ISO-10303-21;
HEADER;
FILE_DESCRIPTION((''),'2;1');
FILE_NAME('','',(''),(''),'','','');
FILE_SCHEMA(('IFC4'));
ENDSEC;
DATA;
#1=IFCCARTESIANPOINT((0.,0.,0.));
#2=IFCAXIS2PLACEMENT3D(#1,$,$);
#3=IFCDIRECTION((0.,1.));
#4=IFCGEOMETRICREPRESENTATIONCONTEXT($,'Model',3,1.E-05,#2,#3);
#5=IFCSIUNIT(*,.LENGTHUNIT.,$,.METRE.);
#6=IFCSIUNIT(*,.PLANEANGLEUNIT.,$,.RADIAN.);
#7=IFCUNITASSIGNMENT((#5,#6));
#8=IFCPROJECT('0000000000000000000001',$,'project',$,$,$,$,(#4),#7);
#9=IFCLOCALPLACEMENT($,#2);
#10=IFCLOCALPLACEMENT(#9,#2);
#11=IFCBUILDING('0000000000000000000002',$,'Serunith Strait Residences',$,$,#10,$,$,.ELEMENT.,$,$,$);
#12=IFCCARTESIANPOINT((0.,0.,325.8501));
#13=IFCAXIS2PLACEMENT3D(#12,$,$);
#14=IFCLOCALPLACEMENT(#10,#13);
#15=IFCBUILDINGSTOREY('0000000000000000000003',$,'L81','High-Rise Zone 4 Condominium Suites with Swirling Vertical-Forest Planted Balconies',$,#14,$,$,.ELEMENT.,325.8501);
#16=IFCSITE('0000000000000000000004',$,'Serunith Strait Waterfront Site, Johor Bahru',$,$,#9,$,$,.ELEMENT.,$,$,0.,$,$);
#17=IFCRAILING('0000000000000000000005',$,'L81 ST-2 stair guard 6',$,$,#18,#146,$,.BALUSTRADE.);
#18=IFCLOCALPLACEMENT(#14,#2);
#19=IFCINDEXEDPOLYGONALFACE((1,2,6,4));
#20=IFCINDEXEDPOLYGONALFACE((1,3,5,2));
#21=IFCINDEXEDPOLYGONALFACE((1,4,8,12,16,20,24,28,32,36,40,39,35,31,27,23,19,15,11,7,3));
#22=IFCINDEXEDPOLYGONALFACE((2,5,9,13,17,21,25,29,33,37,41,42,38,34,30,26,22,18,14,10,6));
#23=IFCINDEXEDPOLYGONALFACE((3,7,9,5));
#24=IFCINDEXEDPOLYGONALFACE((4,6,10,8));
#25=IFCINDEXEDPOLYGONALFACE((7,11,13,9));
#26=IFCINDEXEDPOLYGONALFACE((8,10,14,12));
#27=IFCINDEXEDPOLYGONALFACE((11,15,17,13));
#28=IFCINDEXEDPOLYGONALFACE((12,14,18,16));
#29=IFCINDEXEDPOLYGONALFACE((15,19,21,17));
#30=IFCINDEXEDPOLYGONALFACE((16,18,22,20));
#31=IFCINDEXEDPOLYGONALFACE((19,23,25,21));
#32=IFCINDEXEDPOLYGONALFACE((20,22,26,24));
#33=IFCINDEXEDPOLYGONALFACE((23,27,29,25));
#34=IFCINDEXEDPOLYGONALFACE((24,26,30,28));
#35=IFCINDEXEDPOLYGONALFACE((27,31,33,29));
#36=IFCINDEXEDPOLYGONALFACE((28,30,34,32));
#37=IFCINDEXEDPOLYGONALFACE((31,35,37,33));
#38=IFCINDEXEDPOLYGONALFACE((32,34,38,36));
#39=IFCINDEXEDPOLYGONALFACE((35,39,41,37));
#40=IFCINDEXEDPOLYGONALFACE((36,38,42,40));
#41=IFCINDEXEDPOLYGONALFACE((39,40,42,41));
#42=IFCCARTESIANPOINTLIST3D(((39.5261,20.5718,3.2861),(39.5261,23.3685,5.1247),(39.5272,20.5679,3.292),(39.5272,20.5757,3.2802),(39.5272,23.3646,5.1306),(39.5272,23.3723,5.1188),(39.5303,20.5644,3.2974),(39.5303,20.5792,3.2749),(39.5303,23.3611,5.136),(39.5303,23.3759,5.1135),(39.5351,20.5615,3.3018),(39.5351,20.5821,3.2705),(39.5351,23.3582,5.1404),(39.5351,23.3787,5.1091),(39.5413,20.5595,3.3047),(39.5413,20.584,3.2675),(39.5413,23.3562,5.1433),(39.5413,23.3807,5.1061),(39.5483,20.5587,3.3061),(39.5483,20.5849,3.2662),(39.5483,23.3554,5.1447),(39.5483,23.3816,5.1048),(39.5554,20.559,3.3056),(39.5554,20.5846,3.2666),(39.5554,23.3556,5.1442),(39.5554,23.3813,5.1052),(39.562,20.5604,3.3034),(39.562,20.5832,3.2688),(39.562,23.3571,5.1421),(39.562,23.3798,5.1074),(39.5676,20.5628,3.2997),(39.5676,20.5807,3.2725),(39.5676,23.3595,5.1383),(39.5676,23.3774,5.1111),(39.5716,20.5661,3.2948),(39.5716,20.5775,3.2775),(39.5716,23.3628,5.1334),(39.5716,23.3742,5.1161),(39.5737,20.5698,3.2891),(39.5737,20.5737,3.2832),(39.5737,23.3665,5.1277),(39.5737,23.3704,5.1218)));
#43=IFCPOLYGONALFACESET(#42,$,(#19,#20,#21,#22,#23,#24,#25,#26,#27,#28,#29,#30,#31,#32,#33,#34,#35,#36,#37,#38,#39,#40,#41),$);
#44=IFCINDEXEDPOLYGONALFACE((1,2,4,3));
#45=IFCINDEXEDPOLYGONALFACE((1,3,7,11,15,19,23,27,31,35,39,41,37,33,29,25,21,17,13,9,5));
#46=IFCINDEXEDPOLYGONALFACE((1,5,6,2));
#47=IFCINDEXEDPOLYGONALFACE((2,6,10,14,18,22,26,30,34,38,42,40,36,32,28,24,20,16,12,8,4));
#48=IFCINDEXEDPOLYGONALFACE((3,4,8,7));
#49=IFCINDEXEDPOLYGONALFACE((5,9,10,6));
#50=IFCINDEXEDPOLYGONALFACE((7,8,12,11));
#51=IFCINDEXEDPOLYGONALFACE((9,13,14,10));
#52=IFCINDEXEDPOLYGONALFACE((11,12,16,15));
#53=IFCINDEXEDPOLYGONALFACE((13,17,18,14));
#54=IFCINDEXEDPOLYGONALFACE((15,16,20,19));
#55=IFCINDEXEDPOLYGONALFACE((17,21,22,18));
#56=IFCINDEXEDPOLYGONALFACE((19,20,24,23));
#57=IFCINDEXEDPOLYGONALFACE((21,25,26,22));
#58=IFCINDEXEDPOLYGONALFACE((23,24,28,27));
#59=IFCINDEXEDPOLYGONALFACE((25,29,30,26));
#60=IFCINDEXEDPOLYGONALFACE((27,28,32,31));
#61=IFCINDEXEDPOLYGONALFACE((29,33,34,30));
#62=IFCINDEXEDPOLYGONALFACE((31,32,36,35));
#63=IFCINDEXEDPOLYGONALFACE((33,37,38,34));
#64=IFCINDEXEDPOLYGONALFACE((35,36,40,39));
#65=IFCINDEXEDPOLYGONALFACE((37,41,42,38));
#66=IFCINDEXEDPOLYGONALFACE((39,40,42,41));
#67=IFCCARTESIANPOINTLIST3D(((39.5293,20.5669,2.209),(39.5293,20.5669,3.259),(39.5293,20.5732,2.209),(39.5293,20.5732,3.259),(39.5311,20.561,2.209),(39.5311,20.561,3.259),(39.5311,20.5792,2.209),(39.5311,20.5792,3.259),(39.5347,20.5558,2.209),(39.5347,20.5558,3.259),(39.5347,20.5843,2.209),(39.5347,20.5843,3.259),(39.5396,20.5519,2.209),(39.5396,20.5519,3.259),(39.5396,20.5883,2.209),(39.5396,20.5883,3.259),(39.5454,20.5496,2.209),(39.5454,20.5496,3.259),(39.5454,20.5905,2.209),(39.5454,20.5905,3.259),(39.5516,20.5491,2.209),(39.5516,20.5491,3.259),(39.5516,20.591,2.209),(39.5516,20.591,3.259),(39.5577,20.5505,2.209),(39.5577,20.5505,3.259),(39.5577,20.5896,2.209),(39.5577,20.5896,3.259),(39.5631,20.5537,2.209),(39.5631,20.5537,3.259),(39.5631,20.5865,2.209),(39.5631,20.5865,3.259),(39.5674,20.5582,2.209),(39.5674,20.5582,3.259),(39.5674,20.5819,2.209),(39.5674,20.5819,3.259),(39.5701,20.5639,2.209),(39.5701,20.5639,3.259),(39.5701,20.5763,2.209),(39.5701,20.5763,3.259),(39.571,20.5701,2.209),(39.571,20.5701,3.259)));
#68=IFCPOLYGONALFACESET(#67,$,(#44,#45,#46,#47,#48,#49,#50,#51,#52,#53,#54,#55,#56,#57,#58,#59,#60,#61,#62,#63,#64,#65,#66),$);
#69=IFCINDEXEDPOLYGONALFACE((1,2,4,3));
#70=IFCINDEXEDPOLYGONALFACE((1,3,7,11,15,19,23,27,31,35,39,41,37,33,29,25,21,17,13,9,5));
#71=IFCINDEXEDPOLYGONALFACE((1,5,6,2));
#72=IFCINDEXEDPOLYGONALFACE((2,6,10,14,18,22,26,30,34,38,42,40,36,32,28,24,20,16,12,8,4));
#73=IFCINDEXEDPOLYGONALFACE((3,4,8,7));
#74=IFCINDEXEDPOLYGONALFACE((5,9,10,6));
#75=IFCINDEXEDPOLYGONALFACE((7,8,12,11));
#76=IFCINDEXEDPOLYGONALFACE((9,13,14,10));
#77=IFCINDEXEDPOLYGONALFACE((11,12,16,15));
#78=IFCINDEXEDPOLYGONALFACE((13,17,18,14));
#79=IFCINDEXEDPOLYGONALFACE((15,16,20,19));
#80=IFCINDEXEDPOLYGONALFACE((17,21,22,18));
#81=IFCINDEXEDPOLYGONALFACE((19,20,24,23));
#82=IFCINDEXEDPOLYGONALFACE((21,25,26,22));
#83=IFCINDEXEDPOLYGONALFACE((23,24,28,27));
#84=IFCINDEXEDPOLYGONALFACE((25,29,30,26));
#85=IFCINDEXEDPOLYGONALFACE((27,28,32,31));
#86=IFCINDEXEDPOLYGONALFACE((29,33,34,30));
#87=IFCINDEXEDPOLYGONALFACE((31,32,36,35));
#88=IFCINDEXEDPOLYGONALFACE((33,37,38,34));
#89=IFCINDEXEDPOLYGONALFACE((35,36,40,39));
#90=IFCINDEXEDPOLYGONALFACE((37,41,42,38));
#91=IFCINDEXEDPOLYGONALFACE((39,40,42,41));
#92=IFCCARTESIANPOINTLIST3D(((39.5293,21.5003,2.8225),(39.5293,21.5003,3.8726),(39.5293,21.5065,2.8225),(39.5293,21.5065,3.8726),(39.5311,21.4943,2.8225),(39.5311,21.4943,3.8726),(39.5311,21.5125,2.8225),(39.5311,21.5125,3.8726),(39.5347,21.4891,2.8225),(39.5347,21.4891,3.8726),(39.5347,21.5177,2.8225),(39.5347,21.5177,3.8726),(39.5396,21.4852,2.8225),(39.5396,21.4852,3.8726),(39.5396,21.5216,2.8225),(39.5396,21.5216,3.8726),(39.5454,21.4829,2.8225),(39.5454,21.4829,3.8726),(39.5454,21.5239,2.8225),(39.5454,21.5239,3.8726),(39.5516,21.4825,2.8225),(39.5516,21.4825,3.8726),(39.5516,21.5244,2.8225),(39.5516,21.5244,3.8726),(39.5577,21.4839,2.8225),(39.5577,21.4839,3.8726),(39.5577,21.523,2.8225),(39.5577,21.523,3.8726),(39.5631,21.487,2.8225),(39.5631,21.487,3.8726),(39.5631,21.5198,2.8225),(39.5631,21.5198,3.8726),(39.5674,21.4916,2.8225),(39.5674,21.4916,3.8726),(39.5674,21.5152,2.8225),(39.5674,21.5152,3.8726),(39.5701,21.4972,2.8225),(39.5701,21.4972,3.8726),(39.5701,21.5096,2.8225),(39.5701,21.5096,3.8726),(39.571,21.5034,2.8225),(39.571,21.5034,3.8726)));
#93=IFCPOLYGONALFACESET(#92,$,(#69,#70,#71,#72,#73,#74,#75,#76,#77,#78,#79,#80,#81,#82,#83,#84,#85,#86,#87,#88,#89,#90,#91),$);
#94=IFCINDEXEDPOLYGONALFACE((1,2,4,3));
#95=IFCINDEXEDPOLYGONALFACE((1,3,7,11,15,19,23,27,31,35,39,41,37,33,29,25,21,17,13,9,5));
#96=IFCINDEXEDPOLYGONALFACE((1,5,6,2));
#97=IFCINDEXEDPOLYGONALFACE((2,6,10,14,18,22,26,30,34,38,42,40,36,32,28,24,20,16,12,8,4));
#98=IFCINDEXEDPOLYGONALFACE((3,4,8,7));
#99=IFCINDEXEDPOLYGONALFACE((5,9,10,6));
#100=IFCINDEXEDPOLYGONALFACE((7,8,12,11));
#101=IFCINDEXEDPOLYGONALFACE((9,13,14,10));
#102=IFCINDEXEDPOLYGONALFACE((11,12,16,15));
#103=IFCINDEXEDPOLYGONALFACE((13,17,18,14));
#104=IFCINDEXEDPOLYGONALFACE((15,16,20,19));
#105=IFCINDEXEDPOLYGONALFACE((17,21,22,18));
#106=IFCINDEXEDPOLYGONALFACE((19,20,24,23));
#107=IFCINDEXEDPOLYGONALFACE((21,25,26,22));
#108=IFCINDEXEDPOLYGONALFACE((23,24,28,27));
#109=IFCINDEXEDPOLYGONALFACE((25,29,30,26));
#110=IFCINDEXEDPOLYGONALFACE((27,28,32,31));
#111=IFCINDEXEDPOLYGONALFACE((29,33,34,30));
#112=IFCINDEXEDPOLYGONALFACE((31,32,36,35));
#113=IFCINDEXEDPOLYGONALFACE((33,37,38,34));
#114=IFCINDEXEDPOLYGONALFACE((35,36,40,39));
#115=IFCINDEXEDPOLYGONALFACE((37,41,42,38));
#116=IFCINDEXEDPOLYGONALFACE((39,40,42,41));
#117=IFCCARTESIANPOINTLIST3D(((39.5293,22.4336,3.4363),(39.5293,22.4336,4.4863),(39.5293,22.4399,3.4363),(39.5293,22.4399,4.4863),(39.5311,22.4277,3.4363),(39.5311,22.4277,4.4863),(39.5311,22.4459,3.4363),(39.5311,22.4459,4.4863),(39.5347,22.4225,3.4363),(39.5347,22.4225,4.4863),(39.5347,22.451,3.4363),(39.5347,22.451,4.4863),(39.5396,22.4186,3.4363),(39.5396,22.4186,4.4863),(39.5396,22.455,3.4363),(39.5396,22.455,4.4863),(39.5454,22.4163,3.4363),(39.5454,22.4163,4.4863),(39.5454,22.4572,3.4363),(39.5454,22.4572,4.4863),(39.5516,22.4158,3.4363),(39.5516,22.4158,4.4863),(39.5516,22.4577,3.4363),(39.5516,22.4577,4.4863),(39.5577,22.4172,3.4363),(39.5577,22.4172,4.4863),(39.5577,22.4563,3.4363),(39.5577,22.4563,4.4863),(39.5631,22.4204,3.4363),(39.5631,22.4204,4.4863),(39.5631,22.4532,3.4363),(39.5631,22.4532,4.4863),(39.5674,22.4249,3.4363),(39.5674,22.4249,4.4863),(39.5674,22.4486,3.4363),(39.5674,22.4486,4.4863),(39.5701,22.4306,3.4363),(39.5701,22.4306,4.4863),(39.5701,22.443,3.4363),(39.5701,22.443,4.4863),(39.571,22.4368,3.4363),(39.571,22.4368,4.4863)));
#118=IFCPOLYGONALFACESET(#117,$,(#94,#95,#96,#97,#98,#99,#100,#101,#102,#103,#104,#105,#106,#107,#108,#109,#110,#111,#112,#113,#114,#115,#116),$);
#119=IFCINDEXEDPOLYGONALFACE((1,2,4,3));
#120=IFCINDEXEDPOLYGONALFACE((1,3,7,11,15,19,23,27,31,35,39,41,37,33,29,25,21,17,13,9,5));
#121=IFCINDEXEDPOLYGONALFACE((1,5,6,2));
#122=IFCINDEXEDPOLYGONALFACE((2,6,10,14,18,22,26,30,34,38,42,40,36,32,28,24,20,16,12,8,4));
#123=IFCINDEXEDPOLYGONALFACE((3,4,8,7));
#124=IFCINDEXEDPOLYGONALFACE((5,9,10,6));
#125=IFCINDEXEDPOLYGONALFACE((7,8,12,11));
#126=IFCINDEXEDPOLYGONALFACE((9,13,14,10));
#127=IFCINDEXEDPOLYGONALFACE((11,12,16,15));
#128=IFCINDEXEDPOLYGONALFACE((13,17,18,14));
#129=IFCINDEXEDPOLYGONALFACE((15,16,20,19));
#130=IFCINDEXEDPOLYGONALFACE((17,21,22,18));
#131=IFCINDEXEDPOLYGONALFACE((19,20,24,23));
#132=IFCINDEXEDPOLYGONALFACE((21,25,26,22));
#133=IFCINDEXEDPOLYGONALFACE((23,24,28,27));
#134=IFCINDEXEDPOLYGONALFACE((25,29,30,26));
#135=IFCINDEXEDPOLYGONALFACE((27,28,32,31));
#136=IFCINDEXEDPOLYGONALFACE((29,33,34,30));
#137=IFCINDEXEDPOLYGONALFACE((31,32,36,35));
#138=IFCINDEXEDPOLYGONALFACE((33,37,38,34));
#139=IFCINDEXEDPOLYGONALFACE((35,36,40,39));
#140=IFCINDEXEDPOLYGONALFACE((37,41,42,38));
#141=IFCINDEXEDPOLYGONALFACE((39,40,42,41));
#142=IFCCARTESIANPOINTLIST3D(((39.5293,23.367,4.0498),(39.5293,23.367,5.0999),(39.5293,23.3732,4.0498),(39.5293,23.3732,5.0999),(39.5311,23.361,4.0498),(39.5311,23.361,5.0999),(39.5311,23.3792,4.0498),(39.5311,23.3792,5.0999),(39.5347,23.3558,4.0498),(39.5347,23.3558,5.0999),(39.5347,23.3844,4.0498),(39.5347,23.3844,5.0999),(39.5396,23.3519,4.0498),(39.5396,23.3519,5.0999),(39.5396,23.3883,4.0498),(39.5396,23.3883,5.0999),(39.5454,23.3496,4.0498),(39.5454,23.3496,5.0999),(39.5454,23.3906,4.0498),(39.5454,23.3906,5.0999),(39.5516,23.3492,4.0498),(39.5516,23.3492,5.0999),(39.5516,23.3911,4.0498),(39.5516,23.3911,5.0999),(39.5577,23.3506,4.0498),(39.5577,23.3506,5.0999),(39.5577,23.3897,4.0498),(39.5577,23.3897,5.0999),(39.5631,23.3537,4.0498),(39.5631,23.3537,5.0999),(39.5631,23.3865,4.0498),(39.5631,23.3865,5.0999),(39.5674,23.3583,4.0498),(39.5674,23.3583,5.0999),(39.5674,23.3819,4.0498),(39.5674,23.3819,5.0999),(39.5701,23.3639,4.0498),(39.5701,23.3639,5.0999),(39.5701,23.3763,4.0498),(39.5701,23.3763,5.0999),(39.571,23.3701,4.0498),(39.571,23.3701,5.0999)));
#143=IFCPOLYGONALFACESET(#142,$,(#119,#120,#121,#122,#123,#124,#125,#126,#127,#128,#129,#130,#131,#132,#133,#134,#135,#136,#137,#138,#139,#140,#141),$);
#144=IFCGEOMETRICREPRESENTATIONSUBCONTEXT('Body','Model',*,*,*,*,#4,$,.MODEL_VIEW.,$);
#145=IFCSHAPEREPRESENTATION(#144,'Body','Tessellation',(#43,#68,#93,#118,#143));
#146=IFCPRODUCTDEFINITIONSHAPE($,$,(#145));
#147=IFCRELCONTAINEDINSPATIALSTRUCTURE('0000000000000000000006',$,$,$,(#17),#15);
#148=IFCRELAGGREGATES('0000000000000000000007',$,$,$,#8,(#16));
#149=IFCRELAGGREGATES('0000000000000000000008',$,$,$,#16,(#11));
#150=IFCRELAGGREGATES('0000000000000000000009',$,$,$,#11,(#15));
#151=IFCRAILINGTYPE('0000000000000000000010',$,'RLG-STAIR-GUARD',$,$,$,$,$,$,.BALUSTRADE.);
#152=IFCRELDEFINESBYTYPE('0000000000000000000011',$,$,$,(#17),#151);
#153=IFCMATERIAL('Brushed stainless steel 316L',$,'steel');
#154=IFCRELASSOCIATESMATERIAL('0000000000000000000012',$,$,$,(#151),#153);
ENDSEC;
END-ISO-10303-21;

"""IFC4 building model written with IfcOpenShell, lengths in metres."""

from ifc_helpers import new_model, si_unit, direction, frame, origin, origin_2d, place, context, subcontext, project, spatial, circle, extrude, material, type_object, element, save


model = new_model("IFC4")

# Units and contexts
model_context = context("Model", 3, precision=1e-05, world=origin(), true_north=direction((0.0, 1.0)))
body_context = subcontext(model_context, "Body", "Model", "MODEL_VIEW")
ifc_project = project(units=[si_unit("LENGTHUNIT", "METRE"), si_unit("PLANEANGLEUNIT", "RADIAN")], contexts=[model_context])

# Site, building, storey
site_placement = place(None, origin())
site = spatial("IfcSite", under=ifc_project, at=site_placement, Name="Serunith Strait Waterfront Site, Johor Bahru", CompositionType="ELEMENT", RefElevation=0.0)
building_placement = place(site_placement, origin())
building = spatial("IfcBuilding", under=site, at=building_placement, Name="Serunith Strait Residences", CompositionType="ELEMENT")
storey_placement = place(building_placement, frame((0.0, 0.0, 325.8501)))
storey = spatial("IfcBuildingStorey", under=building, at=storey_placement, Name="L81", Description="High-Rise Zone 4 Condominium Suites with Swirling Vertical-Forest Planted Balconies", CompositionType="ELEMENT", Elevation=325.8501)

# Railing
ifc_material_1 = material(Name="Brushed stainless steel 316L", Category="steel")
railing_type_1 = type_object("IfcRailingType", Name="RLG-STAIR-GUARD", PredefinedType="BALUSTRADE", material=ifc_material_1)
railing_1_placement = place(storey_placement, frame((39.55, 20.5701, 2.209)))
element("IfcRailing", 1, at=railing_1_placement, inside=storey, type_object=railing_type_1, Name="L81 ST-2 stair guard 6", PredefinedType="BALUSTRADE", context=body_context, shape_type="SweptSolid", body=[
    extrude(circle(Radius=0.0239, at=origin_2d()), frame((0.0, 0.0017, 1.0771), z_axis=(0.0, 0.835598, 0.549342), x_axis=(-1.0, 0.0, 0.0)), (0.0, 0.0, 1.0), 3.3469),
    extrude(circle(Radius=0.021, at=origin_2d()), origin(), (0.0, 0.0, 1.0), 1.05),
    extrude(circle(Radius=0.021, at=origin_2d()), frame((0.0, 0.9333, 0.6135)), (0.0, 0.0, 1.0), 1.05),
    extrude(circle(Radius=0.021, at=origin_2d()), frame((0.0, 1.8667, 1.2273)), (0.0, 0.0, 1.0), 1.05),
    extrude(circle(Radius=0.021, at=origin_2d()), frame((0.0, 2.8, 1.8408)), (0.0, 0.0, 1.0), 1.05),
])

save(model, "model.ifc")
